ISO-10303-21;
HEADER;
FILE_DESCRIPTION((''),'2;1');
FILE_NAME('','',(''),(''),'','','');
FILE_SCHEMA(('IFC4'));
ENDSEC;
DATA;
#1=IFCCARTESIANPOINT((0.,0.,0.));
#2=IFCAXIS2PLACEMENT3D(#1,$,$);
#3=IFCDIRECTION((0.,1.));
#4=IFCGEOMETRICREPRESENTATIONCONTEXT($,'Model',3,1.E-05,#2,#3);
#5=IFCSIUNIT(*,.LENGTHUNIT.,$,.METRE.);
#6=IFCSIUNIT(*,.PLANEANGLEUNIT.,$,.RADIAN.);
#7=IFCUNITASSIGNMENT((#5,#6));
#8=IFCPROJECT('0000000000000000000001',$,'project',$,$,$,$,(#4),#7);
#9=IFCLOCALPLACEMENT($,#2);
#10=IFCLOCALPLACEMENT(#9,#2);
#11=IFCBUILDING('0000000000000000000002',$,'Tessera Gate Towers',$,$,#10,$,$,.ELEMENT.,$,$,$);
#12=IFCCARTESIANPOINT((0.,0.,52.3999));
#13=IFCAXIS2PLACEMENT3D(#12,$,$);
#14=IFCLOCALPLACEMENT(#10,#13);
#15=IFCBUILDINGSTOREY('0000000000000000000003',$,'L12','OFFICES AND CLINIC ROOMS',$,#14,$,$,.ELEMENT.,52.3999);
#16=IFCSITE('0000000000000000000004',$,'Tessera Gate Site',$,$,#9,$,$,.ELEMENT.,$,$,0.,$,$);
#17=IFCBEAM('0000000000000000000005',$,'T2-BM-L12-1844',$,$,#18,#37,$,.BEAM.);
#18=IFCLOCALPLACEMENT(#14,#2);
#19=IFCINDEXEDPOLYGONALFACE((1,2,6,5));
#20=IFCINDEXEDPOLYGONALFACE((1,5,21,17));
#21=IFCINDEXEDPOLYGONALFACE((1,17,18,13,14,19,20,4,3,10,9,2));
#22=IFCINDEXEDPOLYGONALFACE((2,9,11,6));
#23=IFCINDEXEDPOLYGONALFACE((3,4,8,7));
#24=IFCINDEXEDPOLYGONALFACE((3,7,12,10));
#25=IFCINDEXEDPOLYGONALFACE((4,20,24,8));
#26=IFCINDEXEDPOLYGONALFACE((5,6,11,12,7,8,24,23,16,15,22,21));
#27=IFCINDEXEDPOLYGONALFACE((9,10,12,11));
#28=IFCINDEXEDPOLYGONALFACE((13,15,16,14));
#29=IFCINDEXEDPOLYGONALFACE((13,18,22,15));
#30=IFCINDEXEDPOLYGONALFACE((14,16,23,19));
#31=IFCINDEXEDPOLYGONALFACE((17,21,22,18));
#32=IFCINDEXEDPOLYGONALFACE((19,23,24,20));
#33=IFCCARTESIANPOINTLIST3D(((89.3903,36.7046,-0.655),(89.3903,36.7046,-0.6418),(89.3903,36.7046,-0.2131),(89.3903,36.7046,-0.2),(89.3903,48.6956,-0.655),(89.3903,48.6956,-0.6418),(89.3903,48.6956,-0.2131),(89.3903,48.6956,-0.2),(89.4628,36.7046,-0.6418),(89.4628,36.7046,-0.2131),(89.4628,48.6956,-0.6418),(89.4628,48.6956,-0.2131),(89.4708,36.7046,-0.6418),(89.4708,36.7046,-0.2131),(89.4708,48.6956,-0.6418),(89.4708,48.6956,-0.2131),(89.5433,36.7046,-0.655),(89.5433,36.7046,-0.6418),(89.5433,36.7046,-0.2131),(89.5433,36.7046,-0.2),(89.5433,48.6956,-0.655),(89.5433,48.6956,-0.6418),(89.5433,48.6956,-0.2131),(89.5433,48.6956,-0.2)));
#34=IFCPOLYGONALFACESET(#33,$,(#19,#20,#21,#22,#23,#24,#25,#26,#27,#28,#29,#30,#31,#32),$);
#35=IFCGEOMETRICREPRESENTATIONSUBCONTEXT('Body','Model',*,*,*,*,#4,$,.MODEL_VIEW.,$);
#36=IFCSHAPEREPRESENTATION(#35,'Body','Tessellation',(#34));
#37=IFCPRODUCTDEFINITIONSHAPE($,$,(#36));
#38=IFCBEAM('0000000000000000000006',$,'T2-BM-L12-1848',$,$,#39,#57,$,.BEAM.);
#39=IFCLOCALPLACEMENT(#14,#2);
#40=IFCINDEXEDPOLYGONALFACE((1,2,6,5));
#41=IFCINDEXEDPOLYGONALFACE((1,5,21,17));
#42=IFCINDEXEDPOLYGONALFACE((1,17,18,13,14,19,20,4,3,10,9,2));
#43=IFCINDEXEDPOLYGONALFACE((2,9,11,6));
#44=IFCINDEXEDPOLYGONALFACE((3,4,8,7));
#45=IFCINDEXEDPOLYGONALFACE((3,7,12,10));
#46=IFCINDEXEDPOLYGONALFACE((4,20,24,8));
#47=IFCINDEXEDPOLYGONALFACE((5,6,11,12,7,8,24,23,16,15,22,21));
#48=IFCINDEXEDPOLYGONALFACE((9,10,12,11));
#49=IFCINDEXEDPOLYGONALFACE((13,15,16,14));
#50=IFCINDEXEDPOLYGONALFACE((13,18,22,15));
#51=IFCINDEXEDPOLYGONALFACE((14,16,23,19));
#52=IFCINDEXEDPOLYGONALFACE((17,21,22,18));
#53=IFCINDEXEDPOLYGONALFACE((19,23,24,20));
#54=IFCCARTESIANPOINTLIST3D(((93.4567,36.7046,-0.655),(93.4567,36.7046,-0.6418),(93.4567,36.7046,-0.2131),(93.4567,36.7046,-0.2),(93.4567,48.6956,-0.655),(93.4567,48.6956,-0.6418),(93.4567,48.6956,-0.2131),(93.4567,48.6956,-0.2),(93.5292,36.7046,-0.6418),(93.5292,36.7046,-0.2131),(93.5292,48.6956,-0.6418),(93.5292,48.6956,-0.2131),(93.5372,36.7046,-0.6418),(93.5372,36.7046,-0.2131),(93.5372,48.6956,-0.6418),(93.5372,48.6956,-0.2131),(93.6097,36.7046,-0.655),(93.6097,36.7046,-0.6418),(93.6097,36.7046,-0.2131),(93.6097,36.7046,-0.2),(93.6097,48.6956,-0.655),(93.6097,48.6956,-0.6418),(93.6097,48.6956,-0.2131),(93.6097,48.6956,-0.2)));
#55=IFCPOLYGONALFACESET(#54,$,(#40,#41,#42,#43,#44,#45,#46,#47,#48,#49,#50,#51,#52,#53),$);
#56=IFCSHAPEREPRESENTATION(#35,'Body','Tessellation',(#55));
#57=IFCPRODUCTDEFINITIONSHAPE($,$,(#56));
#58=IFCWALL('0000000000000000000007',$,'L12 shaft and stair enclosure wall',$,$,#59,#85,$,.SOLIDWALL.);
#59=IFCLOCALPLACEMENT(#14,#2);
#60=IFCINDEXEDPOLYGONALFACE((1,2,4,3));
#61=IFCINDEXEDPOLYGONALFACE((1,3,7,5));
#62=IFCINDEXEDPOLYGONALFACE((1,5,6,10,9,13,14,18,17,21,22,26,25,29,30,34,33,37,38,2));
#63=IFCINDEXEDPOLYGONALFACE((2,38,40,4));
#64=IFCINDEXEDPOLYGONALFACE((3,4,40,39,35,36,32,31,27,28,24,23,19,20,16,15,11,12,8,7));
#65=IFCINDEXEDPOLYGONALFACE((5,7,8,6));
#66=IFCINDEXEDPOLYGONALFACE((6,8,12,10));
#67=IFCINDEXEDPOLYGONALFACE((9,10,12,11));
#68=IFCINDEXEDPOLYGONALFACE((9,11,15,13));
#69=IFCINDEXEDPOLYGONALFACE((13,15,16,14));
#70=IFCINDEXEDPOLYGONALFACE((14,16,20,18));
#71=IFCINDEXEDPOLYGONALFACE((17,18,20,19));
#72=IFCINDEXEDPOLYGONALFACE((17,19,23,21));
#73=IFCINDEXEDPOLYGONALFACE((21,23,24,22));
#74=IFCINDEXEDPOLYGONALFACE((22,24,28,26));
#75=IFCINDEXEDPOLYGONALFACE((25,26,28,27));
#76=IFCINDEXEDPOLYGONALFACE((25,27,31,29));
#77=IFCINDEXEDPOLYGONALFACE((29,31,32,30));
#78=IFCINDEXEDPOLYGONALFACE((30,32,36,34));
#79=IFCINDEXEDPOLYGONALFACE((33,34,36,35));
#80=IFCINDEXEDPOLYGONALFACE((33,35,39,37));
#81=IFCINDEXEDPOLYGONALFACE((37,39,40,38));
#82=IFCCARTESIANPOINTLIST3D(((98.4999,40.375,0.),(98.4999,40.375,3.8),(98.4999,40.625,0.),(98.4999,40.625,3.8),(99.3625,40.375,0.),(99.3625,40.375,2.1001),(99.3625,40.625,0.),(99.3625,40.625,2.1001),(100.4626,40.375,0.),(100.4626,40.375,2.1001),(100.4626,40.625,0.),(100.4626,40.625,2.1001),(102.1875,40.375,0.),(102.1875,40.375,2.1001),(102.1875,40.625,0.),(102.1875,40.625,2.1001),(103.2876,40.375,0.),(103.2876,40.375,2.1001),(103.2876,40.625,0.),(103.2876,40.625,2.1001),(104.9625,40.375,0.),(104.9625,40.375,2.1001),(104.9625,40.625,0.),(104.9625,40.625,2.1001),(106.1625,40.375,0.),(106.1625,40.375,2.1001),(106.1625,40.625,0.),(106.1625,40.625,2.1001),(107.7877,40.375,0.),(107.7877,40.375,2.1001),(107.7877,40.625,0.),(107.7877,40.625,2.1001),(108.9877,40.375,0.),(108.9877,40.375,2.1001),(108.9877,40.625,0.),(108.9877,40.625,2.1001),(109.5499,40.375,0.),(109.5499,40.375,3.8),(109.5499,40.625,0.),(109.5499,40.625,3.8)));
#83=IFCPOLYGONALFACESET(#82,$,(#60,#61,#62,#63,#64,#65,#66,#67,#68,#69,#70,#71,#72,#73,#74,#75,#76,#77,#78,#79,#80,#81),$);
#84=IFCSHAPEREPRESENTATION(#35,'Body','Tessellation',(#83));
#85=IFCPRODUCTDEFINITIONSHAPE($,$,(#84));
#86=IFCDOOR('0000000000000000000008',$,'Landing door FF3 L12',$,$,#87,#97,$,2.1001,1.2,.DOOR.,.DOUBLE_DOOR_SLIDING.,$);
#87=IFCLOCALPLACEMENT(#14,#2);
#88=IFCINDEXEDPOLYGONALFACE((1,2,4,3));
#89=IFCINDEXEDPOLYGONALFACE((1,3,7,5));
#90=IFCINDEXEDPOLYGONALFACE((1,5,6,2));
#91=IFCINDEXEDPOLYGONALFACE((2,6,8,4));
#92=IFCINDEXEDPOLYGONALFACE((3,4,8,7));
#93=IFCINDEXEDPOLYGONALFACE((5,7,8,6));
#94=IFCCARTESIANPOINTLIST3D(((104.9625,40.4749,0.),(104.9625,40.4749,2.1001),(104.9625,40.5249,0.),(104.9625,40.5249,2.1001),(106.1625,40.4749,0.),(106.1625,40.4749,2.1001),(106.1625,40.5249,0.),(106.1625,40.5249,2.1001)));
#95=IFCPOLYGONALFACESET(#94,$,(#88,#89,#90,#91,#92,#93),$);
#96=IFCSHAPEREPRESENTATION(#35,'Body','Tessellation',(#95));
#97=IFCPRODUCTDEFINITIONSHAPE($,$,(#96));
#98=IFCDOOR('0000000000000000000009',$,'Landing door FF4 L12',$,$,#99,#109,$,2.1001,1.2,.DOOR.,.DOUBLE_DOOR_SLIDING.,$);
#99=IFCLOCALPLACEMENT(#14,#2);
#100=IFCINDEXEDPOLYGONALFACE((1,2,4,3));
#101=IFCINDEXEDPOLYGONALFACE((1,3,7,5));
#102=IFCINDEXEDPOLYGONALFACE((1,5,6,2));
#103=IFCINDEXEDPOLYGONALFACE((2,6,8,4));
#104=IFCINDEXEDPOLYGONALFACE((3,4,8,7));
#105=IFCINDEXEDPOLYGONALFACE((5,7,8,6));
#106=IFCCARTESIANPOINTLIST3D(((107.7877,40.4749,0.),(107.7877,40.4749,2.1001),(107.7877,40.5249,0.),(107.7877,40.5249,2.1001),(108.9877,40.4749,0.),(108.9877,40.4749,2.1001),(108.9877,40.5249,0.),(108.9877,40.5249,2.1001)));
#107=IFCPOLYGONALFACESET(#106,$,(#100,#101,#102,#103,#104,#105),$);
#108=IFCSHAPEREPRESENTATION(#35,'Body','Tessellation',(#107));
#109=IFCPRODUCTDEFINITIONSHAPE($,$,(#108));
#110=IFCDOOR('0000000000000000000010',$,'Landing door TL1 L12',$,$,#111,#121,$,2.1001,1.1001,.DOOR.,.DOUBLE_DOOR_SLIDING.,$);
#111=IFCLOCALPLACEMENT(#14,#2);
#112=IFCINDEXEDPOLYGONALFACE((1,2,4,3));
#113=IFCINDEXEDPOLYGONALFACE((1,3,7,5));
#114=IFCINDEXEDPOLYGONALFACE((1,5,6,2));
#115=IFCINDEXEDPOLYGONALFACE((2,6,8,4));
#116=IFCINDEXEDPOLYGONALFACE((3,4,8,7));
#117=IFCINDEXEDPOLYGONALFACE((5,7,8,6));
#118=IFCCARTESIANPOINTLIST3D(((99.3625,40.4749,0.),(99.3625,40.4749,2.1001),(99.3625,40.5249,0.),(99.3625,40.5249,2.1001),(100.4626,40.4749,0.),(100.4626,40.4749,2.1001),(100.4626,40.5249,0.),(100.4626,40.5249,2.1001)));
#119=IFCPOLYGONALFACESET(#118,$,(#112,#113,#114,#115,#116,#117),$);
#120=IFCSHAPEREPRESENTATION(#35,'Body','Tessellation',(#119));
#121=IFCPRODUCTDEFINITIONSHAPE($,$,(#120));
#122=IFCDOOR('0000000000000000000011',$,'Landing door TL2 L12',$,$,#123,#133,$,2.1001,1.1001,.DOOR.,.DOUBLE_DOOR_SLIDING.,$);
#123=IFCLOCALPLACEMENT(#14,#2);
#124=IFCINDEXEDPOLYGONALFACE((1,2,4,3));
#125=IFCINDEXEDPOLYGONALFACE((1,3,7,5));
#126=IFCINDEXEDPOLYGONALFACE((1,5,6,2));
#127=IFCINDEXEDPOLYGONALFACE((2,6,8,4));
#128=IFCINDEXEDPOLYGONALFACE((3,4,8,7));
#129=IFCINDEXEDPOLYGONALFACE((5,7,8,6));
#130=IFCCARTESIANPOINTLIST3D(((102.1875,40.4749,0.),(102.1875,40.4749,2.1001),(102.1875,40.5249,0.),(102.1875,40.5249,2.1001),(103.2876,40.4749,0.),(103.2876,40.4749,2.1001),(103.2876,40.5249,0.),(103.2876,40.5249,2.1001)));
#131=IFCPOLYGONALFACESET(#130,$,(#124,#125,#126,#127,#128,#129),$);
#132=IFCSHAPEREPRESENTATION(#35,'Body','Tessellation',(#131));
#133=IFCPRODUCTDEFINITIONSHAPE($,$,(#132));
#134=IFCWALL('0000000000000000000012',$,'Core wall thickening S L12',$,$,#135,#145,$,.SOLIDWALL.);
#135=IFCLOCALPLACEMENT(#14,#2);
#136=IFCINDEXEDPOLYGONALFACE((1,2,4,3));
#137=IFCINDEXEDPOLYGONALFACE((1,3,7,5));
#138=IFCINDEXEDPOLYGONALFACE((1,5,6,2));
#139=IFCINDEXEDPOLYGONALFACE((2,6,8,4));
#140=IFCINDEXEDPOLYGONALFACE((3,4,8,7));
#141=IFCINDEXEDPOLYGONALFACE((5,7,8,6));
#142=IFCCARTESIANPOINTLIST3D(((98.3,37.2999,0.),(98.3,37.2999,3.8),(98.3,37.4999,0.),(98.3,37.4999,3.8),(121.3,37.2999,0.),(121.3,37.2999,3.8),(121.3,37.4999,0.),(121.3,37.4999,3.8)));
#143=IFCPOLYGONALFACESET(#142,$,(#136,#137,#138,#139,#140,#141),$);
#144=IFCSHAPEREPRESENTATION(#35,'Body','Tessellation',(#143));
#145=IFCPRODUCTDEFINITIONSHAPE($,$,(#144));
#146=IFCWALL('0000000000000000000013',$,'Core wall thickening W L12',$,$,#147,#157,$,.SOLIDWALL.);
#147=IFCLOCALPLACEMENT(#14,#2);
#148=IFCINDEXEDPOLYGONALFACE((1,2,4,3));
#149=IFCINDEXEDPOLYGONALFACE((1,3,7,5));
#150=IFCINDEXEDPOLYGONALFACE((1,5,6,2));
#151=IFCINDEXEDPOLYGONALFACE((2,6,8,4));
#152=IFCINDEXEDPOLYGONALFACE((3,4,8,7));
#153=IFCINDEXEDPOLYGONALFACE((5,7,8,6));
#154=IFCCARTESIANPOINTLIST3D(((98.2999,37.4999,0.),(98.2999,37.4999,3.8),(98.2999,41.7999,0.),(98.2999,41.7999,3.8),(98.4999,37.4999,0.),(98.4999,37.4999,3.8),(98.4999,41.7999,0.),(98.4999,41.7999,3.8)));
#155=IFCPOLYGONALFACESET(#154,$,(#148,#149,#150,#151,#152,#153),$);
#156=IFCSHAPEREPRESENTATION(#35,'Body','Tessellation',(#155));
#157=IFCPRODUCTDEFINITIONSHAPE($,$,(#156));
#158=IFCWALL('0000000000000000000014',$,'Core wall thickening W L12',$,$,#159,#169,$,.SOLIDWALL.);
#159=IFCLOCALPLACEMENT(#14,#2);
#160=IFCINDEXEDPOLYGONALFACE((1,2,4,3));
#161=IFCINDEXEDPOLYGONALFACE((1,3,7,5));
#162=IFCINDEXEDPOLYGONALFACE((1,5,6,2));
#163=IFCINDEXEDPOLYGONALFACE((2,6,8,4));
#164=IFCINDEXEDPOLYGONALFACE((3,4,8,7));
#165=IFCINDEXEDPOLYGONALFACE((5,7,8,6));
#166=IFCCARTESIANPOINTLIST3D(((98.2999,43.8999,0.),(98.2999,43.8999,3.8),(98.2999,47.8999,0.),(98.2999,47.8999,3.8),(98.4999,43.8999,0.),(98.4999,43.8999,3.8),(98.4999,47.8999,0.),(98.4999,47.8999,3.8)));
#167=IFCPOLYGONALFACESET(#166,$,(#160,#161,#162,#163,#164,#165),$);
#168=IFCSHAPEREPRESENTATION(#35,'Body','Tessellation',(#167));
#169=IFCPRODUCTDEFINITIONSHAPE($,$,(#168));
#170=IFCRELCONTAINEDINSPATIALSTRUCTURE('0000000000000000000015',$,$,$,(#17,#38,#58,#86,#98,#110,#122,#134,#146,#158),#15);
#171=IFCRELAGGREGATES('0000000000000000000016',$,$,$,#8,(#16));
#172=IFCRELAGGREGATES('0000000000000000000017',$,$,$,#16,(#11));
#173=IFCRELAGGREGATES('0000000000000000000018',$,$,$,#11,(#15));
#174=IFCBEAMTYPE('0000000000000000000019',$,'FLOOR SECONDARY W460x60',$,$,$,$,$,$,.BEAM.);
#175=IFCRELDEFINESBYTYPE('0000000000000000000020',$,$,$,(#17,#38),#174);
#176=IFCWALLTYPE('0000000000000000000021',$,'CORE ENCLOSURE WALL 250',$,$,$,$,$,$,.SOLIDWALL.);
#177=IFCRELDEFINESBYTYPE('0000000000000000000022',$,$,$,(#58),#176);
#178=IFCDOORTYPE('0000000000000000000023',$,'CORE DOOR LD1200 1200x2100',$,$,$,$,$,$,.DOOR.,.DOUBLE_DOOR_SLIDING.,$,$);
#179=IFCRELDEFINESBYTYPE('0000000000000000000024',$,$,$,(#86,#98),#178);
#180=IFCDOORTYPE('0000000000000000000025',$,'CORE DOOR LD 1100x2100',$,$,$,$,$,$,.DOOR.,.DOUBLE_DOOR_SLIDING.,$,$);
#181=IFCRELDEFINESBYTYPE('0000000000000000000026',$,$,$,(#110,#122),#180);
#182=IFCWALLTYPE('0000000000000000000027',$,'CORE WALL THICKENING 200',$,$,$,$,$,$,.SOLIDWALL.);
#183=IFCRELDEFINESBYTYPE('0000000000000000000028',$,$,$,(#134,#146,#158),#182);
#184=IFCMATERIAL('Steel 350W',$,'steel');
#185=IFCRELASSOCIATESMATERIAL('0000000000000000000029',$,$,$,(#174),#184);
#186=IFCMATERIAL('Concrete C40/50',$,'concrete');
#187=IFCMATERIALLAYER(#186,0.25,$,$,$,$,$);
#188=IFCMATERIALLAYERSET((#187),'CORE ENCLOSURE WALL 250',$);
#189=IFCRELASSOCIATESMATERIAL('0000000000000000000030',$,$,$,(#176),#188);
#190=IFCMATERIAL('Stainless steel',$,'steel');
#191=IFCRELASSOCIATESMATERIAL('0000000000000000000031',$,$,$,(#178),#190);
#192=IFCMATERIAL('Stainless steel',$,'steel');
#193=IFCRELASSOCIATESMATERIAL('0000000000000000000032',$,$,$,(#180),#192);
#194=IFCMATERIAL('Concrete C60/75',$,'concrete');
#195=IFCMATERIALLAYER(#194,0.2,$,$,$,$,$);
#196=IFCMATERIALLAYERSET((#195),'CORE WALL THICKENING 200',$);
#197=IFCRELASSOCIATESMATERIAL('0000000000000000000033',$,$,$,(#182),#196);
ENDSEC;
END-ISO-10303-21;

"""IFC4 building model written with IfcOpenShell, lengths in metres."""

from ifc_helpers import new_model, si_unit, direction, frame, frame_2d, origin, origin_2d, place, context, subcontext, project, spatial, rectangle, i_section, extrude, source, transform, mapped, material, layer, layer_set, material_profile, profile_set, type_object, element, fill, save


model = new_model("IFC4")

# Units and contexts
model_context = context("Model", 3, precision=1e-05, world=origin(), true_north=direction((0.0, 1.0)))
body_context = subcontext(model_context, "Body", "Model", "MODEL_VIEW")
ifc_project = project(units=[si_unit("LENGTHUNIT", "METRE"), si_unit("PLANEANGLEUNIT", "RADIAN")], contexts=[model_context])

# Site, building, storey
site_placement = place(None, origin())
site = spatial("IfcSite", under=ifc_project, at=site_placement, Name="Tessera Gate Site", CompositionType="ELEMENT", RefElevation=0.0)
building_placement = place(site_placement, origin())
building = spatial("IfcBuilding", under=site, at=building_placement, Name="Tessera Gate Towers", CompositionType="ELEMENT")
storey_placement = place(building_placement, frame((0.0, 0.0, 52.3999)))
storey = spatial("IfcBuildingStorey", under=building, at=storey_placement, Name="L12", Description="OFFICES AND CLINIC ROOMS", CompositionType="ELEMENT", Elevation=52.3999)

# Beams
ifc_material_1 = material(Name="Steel 350W", Category="steel")
ifc_material_profile = material_profile(ifc_material_1, i_section(OverallWidth=0.1531, OverallDepth=0.4551, WebThickness=0.0081, FlangeThickness=0.0132, at=origin_2d()), Name="W460x60")
ifc_profile_set = profile_set([ifc_material_profile], Name="Steel 350W")
beam_type = type_object("IfcBeamType", Name="FLOOR SECONDARY W460x60", PredefinedType="BEAM", material=ifc_profile_set)
for number, where, z_axis, x_axis, name in (
    (1, (89.4668, 36.7046, -0.4275), (0.0, 1.0, 0.0), (-1.0, 0.0, 0.0), "T2-BM-L12-1844"),
    (2, (93.5332, 36.7046, -0.4275), (0.0, 1.0, 0.0), (-1.0, 0.0, 0.0), "T2-BM-L12-1848"),
):
    element("IfcBeam", number, at=place(storey_placement, frame(where, z_axis=z_axis, x_axis=x_axis)), inside=storey, type_object=beam_type, Name=name, PredefinedType="BEAM", context=body_context, shape_type="SweptSolid", body=[
        extrude(i_section(OverallWidth=0.1531, OverallDepth=0.4551, WebThickness=0.0081, FlangeThickness=0.0132, at=origin_2d()), origin(), (0.0, 0.0, 1.0), 11.991),
    ])

# Wall, openings, doors
ifc_material_2 = material(Name="Concrete C40/50", Category="concrete")
ifc_layer_1 = layer(ifc_material_2, 0.25)
ifc_layer_set_1 = layer_set([ifc_layer_1], Name="CORE ENCLOSURE WALL 250")
wall_type_1 = type_object("IfcWallType", Name="CORE ENCLOSURE WALL 250", PredefinedType="SOLIDWALL", material=ifc_layer_set_1)
wall_1_placement = place(storey_placement, frame((98.5, 40.5, 0.0), z_axis=(0.0, 0.0, 1.0), x_axis=(1.0, 0.0, 0.0)))
wall_1 = element("IfcWall", 3, at=wall_1_placement, inside=storey, type_object=wall_type_1, Name="L12 shaft and stair enclosure wall", PredefinedType="SOLIDWALL", context=body_context, shape_type="SweptSolid", body=[
    extrude(rectangle(XDim=11.05, YDim=0.25, at=frame_2d((5.5249, 0.0))), origin(), (0.0, 0.0, 1.0), 3.8),
])
shared_shape_1 = source(origin(), body_context, "Body", "SweptSolid", [
    extrude(rectangle(XDim=1.1001, YDim=2.1001, at=frame_2d((0.55, 1.05))), frame((0.0, 0.135, 0.0), z_axis=(0.0, -1.0, 0.0), x_axis=(1.0, 0.0, 0.0)), (0.0, 0.0, 1.0), 0.27),
])
opening_1_placement = place(wall_1_placement, frame((0.8625, 0.0, 0.0)))
opening_1 = element("IfcOpeningElement", 4, at=opening_1_placement, cuts=wall_1, PredefinedType="OPENING", context=body_context, shape_type="MappedRepresentation", body=[
    mapped(shared_shape_1, transform((0.0, 0.0, 0.0), scale=1.0)),
])
opening_2_placement = place(wall_1_placement, frame((3.6875, 0.0, 0.0)))
opening_2 = element("IfcOpeningElement", 5, at=opening_2_placement, cuts=wall_1, PredefinedType="OPENING", context=body_context, shape_type="MappedRepresentation", body=[
    mapped(shared_shape_1, transform((0.0, 0.0, 0.0), scale=1.0)),
])
shared_shape_2 = source(origin(), body_context, "Body", "SweptSolid", [
    extrude(rectangle(XDim=1.2, YDim=2.1001, at=frame_2d((0.6001, 1.05))), frame((0.0, 0.135, 0.0), z_axis=(0.0, -1.0, 0.0), x_axis=(1.0, 0.0, 0.0)), (0.0, 0.0, 1.0), 0.27),
])
opening_3_placement = place(wall_1_placement, frame((6.4624, 0.0, 0.0)))
opening_3 = element("IfcOpeningElement", 6, at=opening_3_placement, cuts=wall_1, PredefinedType="OPENING", context=body_context, shape_type="MappedRepresentation", body=[
    mapped(shared_shape_2, transform((0.0, 0.0, 0.0), scale=1.0)),
])
opening_4_placement = place(wall_1_placement, frame((9.2876, 0.0, 0.0)))
opening_4 = element("IfcOpeningElement", 7, at=opening_4_placement, cuts=wall_1, PredefinedType="OPENING", context=body_context, shape_type="MappedRepresentation", body=[
    mapped(shared_shape_2, transform((0.0, 0.0, 0.0), scale=1.0)),
])
ifc_material_3 = material(Name="Stainless steel", Category="steel")
door_type_1 = type_object("IfcDoorType", Name="CORE DOOR LD1200 1200x2100", OperationType="DOUBLE_DOOR_SLIDING", PredefinedType="DOOR", material=ifc_material_3)
shared_shape_3 = source(origin(), body_context, "Body", "SweptSolid", [
    extrude(rectangle(XDim=1.2, YDim=2.1001, at=frame_2d((0.6001, 1.05))), frame((0.0, 0.0249, 0.0), z_axis=(0.0, -1.0, 0.0), x_axis=(1.0, 0.0, 0.0)), (0.0, 0.0, 1.0), 0.05),
])
door_1_placement = place(opening_3_placement, origin())
door_1 = element("IfcDoor", 8, at=door_1_placement, inside=storey, type_object=door_type_1, Name="Landing door FF3 L12", OperationType="DOUBLE_DOOR_SLIDING", OverallHeight=2.1001, OverallWidth=1.2, PredefinedType="DOOR", context=body_context, shape_type="MappedRepresentation", body=[
    mapped(shared_shape_3, transform((0.0, 0.0, 0.0), scale=1.0)),
])
fill(opening_3, door_1)
door_2_placement = place(opening_4_placement, origin())
door_2 = element("IfcDoor", 9, at=door_2_placement, inside=storey, type_object=door_type_1, Name="Landing door FF4 L12", OperationType="DOUBLE_DOOR_SLIDING", OverallHeight=2.1001, OverallWidth=1.2, PredefinedType="DOOR", context=body_context, shape_type="MappedRepresentation", body=[
    mapped(shared_shape_3, transform((0.0, 0.0, 0.0), scale=1.0)),
])
fill(opening_4, door_2)
ifc_material_4 = material(Name="Stainless steel", Category="steel")
door_type_2 = type_object("IfcDoorType", Name="CORE DOOR LD 1100x2100", OperationType="DOUBLE_DOOR_SLIDING", PredefinedType="DOOR", material=ifc_material_4)
shared_shape_4 = source(origin(), body_context, "Body", "SweptSolid", [
    extrude(rectangle(XDim=1.1001, YDim=2.1001, at=frame_2d((0.55, 1.05))), frame((0.0, 0.0249, 0.0), z_axis=(0.0, -1.0, 0.0), x_axis=(1.0, 0.0, 0.0)), (0.0, 0.0, 1.0), 0.05),
])
door_3_placement = place(opening_1_placement, origin())
door_3 = element("IfcDoor", 10, at=door_3_placement, inside=storey, type_object=door_type_2, Name="Landing door TL1 L12", OperationType="DOUBLE_DOOR_SLIDING", OverallHeight=2.1001, OverallWidth=1.1001, PredefinedType="DOOR", context=body_context, shape_type="MappedRepresentation", body=[
    mapped(shared_shape_4, transform((0.0, 0.0, 0.0), scale=1.0)),
])
fill(opening_1, door_3)
door_4_placement = place(opening_2_placement, origin())
door_4 = element("IfcDoor", 11, at=door_4_placement, inside=storey, type_object=door_type_2, Name="Landing door TL2 L12", OperationType="DOUBLE_DOOR_SLIDING", OverallHeight=2.1001, OverallWidth=1.1001, PredefinedType="DOOR", context=body_context, shape_type="MappedRepresentation", body=[
    mapped(shared_shape_4, transform((0.0, 0.0, 0.0), scale=1.0)),
])
fill(opening_2, door_4)

# Walls
ifc_material_5 = material(Name="Concrete C60/75", Category="concrete")
ifc_layer_2 = layer(ifc_material_5, 0.2)
ifc_layer_set_2 = layer_set([ifc_layer_2], Name="CORE WALL THICKENING 200")
wall_type_2 = type_object("IfcWallType", Name="CORE WALL THICKENING 200", PredefinedType="SOLIDWALL", material=ifc_layer_set_2)
wall_2_placement = place(storey_placement, frame((98.3, 37.3999, 0.0), z_axis=(0.0, 0.0, 1.0), x_axis=(1.0, 0.0, 0.0)))
element("IfcWall", 12, at=wall_2_placement, inside=storey, type_object=wall_type_2, Name="Core wall thickening S L12", PredefinedType="SOLIDWALL", context=body_context, shape_type="SweptSolid", body=[
    extrude(rectangle(XDim=23.0, YDim=0.2, at=frame_2d((11.5, 0.0))), origin(), (0.0, 0.0, 1.0), 3.8),
])
wall_3_placement = place(storey_placement, frame((98.3999, 37.5, 0.0), z_axis=(0.0, 0.0, 1.0), x_axis=(0.0, 1.0, 0.0)))
element("IfcWall", 13, at=wall_3_placement, inside=storey, type_object=wall_type_2, Name="Core wall thickening W L12", PredefinedType="SOLIDWALL", context=body_context, shape_type="SweptSolid", body=[
    extrude(rectangle(XDim=4.3, YDim=0.2, at=frame_2d((2.1499, 0.0))), origin(), (0.0, 0.0, 1.0), 3.8),
])
wall_4_placement = place(storey_placement, frame((98.3999, 43.8999, 0.0), z_axis=(0.0, 0.0, 1.0), x_axis=(0.0, 1.0, 0.0)))
element("IfcWall", 14, at=wall_4_placement, inside=storey, type_object=wall_type_2, Name="Core wall thickening W L12", PredefinedType="SOLIDWALL", context=body_context, shape_type="SweptSolid", body=[
    extrude(rectangle(XDim=4.0, YDim=0.2, at=frame_2d((2.0, 0.0))), origin(), (0.0, 0.0, 1.0), 3.8),
])

save(model, "model.ifc")
